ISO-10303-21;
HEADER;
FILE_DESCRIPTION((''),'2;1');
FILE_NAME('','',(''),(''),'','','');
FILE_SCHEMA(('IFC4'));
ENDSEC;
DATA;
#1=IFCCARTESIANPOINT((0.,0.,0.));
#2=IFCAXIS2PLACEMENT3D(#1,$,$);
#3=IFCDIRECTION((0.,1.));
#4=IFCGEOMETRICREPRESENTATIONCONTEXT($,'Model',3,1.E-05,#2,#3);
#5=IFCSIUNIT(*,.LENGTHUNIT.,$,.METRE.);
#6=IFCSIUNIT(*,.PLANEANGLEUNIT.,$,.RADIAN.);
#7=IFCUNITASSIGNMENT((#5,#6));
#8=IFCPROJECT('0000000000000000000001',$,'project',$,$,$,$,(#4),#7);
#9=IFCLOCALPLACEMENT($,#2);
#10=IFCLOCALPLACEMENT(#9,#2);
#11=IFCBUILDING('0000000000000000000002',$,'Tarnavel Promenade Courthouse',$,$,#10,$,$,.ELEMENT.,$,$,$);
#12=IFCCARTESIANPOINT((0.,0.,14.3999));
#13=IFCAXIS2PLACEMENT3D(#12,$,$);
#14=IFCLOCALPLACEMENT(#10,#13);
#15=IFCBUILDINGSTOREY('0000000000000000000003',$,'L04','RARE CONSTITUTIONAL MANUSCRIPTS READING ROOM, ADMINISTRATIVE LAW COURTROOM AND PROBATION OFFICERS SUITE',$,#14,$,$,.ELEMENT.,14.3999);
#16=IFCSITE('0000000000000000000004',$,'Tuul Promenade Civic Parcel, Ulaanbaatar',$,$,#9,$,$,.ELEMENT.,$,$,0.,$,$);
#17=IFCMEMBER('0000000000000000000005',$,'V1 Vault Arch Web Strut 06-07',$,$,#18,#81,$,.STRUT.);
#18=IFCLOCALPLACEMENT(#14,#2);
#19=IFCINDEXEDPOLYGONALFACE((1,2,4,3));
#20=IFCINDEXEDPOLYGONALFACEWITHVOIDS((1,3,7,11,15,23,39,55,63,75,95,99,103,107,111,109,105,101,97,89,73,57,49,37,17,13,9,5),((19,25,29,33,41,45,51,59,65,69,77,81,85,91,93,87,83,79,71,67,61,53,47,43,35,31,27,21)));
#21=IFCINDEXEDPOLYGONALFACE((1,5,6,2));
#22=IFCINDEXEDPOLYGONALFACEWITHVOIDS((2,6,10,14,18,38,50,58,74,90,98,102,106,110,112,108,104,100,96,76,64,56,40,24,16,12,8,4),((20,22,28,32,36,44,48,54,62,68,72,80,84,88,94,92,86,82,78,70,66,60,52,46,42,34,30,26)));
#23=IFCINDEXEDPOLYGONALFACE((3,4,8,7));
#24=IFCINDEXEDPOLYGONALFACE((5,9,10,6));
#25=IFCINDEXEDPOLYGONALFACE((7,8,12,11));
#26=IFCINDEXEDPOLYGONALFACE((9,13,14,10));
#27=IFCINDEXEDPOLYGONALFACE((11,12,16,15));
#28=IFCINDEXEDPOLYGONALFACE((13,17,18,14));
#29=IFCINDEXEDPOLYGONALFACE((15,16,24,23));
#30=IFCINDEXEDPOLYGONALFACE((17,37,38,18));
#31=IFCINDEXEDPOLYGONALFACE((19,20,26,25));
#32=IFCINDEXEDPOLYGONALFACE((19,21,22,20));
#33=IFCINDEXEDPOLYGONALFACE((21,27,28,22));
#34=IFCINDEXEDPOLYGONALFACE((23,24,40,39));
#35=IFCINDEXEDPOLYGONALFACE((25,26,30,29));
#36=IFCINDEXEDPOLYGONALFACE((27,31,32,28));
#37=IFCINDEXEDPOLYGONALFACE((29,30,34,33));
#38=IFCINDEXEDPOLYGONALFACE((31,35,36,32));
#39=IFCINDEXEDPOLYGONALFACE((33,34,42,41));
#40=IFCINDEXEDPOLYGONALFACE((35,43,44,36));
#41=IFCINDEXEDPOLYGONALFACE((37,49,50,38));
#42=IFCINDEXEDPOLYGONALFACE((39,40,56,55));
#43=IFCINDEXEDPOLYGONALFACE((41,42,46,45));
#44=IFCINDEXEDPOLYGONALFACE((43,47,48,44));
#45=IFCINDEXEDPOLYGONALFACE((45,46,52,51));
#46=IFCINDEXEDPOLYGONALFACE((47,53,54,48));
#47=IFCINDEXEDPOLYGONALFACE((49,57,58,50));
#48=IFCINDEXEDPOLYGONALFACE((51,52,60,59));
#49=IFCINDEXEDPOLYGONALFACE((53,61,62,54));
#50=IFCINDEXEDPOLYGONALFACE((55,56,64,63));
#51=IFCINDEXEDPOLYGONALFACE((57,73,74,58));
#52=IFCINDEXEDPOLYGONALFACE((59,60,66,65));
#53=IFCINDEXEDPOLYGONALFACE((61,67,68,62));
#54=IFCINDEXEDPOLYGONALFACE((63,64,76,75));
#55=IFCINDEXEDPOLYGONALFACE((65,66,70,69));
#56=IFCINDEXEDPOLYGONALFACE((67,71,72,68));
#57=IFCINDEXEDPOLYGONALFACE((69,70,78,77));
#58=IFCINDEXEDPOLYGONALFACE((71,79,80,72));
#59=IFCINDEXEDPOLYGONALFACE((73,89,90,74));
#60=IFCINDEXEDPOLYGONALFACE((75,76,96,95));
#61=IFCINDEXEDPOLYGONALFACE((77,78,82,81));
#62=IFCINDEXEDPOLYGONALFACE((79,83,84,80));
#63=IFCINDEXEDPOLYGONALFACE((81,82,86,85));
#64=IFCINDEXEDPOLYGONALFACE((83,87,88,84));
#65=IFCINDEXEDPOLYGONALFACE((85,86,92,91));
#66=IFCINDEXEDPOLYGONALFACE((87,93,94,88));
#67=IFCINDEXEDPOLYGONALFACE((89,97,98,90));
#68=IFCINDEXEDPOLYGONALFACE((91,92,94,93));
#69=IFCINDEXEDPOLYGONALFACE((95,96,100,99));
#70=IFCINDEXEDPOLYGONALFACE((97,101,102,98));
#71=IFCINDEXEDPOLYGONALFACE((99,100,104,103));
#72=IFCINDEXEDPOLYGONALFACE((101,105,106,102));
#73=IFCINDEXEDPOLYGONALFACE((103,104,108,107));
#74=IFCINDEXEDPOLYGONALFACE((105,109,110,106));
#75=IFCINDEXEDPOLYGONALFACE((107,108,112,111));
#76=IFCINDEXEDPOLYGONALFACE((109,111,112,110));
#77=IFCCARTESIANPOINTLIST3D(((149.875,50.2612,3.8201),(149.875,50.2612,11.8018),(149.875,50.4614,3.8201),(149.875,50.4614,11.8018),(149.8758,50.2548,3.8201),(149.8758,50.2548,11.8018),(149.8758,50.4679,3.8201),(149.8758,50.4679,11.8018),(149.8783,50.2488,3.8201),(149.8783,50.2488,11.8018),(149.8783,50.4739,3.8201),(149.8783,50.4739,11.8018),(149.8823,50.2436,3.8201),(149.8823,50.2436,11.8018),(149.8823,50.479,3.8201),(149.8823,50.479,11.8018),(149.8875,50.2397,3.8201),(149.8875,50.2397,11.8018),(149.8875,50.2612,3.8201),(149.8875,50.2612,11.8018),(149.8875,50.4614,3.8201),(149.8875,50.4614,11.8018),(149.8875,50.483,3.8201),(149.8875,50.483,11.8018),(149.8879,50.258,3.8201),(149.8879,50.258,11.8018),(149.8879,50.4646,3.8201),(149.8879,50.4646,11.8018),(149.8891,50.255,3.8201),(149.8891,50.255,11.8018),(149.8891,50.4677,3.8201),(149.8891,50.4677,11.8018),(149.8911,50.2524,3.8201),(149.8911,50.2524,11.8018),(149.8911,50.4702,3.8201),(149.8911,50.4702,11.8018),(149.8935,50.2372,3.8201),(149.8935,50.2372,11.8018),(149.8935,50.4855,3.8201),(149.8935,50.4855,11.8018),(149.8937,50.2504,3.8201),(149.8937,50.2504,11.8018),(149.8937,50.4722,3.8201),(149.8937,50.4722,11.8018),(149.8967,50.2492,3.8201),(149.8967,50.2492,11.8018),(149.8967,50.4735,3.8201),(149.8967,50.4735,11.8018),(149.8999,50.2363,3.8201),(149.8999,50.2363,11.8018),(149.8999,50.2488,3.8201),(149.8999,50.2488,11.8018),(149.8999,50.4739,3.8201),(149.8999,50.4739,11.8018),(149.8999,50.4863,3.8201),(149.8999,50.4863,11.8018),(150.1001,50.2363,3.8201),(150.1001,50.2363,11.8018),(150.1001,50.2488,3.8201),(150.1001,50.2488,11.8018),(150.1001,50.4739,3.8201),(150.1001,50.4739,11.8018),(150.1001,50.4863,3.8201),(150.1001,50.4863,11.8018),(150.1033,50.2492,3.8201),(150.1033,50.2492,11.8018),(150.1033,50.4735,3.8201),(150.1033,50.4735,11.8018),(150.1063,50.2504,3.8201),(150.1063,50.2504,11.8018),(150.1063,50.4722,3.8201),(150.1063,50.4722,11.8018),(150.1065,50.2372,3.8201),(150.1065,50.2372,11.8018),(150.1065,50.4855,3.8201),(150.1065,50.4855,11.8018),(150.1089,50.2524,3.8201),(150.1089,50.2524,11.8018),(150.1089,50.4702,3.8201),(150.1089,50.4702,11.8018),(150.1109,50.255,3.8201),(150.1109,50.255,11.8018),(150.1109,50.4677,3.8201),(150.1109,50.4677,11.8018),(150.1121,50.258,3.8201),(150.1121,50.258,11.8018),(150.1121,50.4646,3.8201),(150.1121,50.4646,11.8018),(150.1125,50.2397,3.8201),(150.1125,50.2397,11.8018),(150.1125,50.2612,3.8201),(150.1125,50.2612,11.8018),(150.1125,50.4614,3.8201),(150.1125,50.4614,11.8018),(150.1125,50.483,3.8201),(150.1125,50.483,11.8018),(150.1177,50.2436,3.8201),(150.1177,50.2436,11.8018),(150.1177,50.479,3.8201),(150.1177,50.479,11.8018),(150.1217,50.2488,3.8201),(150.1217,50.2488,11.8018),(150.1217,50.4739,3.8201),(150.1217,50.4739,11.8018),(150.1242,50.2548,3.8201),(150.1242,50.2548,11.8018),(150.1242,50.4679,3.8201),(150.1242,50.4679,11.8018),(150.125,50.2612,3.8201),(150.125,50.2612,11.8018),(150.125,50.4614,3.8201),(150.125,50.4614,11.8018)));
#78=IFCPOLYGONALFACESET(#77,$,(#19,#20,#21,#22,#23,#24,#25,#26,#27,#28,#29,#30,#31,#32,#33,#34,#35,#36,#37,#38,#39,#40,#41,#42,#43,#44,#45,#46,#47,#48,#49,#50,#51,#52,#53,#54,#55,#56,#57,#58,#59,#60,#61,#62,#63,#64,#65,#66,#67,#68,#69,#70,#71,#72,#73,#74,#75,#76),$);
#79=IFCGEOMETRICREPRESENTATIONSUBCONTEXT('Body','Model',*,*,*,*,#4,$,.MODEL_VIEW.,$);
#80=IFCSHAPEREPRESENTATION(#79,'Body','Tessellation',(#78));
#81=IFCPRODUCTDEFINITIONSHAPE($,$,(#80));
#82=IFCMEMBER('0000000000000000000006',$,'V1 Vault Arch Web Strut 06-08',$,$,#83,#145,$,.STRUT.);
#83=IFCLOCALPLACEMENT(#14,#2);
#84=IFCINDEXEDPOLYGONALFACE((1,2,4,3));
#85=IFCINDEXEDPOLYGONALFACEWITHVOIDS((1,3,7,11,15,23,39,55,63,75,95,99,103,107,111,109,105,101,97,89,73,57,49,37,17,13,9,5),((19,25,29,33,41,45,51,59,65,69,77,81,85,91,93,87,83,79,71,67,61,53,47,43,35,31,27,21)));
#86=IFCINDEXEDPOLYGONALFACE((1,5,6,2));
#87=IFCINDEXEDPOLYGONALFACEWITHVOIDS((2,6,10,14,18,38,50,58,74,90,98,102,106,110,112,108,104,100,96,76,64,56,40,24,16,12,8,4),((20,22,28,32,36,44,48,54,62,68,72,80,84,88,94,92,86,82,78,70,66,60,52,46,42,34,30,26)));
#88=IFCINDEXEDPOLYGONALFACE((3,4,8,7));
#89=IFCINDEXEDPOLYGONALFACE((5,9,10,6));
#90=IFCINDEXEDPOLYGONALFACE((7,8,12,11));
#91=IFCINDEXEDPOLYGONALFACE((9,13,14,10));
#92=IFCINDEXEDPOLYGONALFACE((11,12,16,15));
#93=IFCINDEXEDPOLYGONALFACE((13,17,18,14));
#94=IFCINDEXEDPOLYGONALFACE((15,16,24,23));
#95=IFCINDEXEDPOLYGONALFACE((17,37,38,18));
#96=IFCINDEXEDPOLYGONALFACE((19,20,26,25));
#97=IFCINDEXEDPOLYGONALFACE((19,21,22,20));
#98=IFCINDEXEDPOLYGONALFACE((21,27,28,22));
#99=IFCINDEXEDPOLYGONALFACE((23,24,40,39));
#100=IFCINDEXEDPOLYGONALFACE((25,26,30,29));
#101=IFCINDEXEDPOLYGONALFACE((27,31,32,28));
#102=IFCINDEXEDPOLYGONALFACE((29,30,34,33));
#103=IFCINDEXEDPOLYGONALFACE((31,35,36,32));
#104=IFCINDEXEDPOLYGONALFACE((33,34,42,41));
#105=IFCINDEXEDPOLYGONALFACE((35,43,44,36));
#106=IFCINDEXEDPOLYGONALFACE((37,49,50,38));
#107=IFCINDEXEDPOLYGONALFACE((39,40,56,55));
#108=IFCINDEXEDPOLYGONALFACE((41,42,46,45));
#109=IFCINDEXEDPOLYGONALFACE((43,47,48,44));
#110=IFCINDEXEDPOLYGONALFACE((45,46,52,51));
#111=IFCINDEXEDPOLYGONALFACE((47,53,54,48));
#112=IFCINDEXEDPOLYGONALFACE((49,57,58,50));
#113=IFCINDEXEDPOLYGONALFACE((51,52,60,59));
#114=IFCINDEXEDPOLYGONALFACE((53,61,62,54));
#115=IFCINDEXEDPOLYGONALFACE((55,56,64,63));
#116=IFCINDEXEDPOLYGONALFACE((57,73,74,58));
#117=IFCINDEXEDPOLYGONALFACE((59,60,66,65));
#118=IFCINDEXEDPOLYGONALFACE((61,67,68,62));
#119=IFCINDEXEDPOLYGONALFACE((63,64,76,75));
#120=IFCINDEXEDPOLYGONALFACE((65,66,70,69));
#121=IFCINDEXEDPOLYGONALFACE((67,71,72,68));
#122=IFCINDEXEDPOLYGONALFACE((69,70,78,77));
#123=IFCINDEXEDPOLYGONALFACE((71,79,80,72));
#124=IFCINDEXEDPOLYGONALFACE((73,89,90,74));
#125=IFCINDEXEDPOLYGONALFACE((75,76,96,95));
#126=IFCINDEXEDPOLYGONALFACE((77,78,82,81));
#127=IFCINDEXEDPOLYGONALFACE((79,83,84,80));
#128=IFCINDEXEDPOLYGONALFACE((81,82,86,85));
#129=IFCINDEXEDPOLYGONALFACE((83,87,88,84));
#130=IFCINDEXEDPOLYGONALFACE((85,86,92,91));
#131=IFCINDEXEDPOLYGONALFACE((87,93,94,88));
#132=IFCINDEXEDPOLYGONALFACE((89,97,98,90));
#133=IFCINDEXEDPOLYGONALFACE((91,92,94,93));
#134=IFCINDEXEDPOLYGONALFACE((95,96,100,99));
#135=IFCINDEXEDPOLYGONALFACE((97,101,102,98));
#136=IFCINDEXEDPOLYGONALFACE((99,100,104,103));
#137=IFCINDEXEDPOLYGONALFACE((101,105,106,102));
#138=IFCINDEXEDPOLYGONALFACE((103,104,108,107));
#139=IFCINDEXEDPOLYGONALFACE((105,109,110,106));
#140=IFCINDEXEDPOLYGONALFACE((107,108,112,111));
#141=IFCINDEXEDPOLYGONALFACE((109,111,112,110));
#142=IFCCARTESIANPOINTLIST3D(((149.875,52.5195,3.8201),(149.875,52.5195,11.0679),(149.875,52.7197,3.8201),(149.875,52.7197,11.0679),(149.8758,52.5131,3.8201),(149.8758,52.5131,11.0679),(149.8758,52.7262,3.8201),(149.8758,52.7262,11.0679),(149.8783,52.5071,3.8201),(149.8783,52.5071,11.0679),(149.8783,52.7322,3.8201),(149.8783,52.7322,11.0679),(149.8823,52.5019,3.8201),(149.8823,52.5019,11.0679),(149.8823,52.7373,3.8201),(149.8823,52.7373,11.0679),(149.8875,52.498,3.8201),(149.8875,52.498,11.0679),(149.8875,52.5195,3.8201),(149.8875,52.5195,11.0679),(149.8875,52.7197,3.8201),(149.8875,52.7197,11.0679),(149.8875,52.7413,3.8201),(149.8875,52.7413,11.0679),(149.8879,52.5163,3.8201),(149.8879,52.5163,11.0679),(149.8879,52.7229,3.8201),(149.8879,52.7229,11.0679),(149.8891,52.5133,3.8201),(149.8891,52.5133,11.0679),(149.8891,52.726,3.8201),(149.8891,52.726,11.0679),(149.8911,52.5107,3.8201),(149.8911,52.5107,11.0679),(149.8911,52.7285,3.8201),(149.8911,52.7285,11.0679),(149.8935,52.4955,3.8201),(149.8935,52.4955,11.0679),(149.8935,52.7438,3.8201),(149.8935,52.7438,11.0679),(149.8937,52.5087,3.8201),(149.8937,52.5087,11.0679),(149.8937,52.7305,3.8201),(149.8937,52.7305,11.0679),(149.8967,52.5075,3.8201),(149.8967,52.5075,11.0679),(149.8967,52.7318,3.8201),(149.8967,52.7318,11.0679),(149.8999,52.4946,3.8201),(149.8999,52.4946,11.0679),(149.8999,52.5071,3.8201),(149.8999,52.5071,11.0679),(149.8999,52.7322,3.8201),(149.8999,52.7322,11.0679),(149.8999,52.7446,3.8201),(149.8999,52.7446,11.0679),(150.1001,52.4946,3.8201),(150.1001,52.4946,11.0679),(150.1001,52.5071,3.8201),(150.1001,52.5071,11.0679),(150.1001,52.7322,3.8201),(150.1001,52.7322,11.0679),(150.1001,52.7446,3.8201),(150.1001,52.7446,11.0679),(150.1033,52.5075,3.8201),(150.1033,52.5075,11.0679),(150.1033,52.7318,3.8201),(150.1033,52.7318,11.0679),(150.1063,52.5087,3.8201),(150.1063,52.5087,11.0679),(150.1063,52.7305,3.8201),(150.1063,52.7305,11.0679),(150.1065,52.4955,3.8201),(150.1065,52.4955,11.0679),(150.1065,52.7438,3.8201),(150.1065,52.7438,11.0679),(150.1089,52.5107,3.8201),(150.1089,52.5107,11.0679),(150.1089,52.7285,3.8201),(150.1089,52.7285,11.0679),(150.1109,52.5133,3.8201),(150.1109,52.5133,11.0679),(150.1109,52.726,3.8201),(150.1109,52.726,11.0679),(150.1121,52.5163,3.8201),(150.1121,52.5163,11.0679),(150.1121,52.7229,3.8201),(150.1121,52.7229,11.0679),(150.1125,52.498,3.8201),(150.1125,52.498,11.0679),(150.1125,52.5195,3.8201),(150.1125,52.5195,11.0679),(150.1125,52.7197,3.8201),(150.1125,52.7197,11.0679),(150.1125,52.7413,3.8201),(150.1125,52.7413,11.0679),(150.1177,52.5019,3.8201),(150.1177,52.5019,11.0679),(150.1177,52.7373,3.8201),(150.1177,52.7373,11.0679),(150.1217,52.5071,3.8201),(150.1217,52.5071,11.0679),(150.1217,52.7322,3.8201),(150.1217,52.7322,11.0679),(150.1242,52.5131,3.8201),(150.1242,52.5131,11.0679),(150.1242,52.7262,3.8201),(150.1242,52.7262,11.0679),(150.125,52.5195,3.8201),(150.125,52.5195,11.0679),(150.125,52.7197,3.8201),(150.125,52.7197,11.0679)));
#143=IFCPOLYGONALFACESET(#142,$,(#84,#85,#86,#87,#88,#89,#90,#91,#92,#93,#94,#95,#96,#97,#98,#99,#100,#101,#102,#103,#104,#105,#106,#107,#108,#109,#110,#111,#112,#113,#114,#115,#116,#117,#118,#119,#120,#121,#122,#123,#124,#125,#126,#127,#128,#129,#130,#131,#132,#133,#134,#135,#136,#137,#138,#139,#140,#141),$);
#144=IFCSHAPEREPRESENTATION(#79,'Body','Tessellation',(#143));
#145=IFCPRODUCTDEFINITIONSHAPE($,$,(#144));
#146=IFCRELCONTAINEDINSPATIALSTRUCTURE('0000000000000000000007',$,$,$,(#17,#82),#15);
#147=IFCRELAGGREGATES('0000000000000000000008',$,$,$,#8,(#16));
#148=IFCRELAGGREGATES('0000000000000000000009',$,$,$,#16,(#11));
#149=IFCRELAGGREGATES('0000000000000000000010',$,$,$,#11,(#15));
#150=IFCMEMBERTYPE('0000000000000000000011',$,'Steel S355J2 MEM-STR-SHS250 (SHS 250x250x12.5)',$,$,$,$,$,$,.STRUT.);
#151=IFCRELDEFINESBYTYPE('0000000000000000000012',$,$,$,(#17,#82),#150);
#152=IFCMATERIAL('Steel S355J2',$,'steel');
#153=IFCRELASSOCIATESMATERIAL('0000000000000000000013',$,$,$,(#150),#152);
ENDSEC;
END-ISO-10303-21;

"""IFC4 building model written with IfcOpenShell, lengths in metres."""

from ifc_helpers import new_model, si_unit, direction, frame, origin, origin_2d, place, context, subcontext, project, spatial, hollow_rectangle, extrude, material, material_profile, profile_set, type_object, element, save


model = new_model("IFC4")

# Units and contexts
model_context = context("Model", 3, precision=1e-05, world=origin(), true_north=direction((0.0, 1.0)))
body_context = subcontext(model_context, "Body", "Model", "MODEL_VIEW")
ifc_project = project(units=[si_unit("LENGTHUNIT", "METRE"), si_unit("PLANEANGLEUNIT", "RADIAN")], contexts=[model_context])

# Site, building, storey
site_placement = place(None, origin())
site = spatial("IfcSite", under=ifc_project, at=site_placement, Name="Tuul Promenade Civic Parcel, Ulaanbaatar", CompositionType="ELEMENT", RefElevation=0.0)
building_placement = place(site_placement, origin())
building = spatial("IfcBuilding", under=site, at=building_placement, Name="Tarnavel Promenade Courthouse", CompositionType="ELEMENT")
storey_placement = place(building_placement, frame((0.0, 0.0, 14.3999)))
storey = spatial("IfcBuildingStorey", under=building, at=storey_placement, Name="L04", Description="RARE CONSTITUTIONAL MANUSCRIPTS READING ROOM, ADMINISTRATIVE LAW COURTROOM AND PROBATION OFFICERS SUITE", CompositionType="ELEMENT", Elevation=14.3999)

# Shared definitions
ifc_material = material(Name="Steel S355J2", Category="steel")

# Members
ifc_material_profile_1 = material_profile(ifc_material, hollow_rectangle(XDim=0.25, YDim=0.25, WallThickness=0.0125, InnerFilletRadius=0.0125, OuterFilletRadius=0.0249, at=origin_2d()), Name="SHS 250x250x12.5")
ifc_profile_set_1 = profile_set([ifc_material_profile_1], Name="Steel S355J2")
member_type_1 = type_object("IfcMemberType", Name="Steel S355J2 MEM-STR-SHS250 (SHS 250x250x12.5)", PredefinedType="STRUT", material=ifc_profile_set_1)
member_1_placement = place(storey_placement, frame((150.0, 50.3613, 3.8201), z_axis=(0.0, 0.0, 1.0), x_axis=(1.0, 0.0, 0.0)))
element("IfcMember", 1, at=member_1_placement, inside=storey, type_object=member_type_1, Name="V1 Vault Arch Web Strut 06-07", PredefinedType="STRUT", context=body_context, shape_type="SweptSolid", body=[
    extrude(hollow_rectangle(XDim=0.25, YDim=0.25, WallThickness=0.0125, InnerFilletRadius=0.0125, OuterFilletRadius=0.0249, at=origin_2d()), origin(), (0.0, 0.0, 1.0), 7.9817),
])
member_2_placement = place(storey_placement, frame((150.0, 52.6196, 3.8201), z_axis=(0.0, 0.0, 1.0), x_axis=(1.0, 0.0, 0.0)))
element("IfcMember", 2, at=member_2_placement, inside=storey, type_object=member_type_1, Name="V1 Vault Arch Web Strut 06-08", PredefinedType="STRUT", context=body_context, shape_type="SweptSolid", body=[
    extrude(hollow_rectangle(XDim=0.25, YDim=0.25, WallThickness=0.0125, InnerFilletRadius=0.0125, OuterFilletRadius=0.0249, at=origin_2d()), origin(), (0.0, 0.0, 1.0), 7.2478),
])

save(model, "model.ifc")
